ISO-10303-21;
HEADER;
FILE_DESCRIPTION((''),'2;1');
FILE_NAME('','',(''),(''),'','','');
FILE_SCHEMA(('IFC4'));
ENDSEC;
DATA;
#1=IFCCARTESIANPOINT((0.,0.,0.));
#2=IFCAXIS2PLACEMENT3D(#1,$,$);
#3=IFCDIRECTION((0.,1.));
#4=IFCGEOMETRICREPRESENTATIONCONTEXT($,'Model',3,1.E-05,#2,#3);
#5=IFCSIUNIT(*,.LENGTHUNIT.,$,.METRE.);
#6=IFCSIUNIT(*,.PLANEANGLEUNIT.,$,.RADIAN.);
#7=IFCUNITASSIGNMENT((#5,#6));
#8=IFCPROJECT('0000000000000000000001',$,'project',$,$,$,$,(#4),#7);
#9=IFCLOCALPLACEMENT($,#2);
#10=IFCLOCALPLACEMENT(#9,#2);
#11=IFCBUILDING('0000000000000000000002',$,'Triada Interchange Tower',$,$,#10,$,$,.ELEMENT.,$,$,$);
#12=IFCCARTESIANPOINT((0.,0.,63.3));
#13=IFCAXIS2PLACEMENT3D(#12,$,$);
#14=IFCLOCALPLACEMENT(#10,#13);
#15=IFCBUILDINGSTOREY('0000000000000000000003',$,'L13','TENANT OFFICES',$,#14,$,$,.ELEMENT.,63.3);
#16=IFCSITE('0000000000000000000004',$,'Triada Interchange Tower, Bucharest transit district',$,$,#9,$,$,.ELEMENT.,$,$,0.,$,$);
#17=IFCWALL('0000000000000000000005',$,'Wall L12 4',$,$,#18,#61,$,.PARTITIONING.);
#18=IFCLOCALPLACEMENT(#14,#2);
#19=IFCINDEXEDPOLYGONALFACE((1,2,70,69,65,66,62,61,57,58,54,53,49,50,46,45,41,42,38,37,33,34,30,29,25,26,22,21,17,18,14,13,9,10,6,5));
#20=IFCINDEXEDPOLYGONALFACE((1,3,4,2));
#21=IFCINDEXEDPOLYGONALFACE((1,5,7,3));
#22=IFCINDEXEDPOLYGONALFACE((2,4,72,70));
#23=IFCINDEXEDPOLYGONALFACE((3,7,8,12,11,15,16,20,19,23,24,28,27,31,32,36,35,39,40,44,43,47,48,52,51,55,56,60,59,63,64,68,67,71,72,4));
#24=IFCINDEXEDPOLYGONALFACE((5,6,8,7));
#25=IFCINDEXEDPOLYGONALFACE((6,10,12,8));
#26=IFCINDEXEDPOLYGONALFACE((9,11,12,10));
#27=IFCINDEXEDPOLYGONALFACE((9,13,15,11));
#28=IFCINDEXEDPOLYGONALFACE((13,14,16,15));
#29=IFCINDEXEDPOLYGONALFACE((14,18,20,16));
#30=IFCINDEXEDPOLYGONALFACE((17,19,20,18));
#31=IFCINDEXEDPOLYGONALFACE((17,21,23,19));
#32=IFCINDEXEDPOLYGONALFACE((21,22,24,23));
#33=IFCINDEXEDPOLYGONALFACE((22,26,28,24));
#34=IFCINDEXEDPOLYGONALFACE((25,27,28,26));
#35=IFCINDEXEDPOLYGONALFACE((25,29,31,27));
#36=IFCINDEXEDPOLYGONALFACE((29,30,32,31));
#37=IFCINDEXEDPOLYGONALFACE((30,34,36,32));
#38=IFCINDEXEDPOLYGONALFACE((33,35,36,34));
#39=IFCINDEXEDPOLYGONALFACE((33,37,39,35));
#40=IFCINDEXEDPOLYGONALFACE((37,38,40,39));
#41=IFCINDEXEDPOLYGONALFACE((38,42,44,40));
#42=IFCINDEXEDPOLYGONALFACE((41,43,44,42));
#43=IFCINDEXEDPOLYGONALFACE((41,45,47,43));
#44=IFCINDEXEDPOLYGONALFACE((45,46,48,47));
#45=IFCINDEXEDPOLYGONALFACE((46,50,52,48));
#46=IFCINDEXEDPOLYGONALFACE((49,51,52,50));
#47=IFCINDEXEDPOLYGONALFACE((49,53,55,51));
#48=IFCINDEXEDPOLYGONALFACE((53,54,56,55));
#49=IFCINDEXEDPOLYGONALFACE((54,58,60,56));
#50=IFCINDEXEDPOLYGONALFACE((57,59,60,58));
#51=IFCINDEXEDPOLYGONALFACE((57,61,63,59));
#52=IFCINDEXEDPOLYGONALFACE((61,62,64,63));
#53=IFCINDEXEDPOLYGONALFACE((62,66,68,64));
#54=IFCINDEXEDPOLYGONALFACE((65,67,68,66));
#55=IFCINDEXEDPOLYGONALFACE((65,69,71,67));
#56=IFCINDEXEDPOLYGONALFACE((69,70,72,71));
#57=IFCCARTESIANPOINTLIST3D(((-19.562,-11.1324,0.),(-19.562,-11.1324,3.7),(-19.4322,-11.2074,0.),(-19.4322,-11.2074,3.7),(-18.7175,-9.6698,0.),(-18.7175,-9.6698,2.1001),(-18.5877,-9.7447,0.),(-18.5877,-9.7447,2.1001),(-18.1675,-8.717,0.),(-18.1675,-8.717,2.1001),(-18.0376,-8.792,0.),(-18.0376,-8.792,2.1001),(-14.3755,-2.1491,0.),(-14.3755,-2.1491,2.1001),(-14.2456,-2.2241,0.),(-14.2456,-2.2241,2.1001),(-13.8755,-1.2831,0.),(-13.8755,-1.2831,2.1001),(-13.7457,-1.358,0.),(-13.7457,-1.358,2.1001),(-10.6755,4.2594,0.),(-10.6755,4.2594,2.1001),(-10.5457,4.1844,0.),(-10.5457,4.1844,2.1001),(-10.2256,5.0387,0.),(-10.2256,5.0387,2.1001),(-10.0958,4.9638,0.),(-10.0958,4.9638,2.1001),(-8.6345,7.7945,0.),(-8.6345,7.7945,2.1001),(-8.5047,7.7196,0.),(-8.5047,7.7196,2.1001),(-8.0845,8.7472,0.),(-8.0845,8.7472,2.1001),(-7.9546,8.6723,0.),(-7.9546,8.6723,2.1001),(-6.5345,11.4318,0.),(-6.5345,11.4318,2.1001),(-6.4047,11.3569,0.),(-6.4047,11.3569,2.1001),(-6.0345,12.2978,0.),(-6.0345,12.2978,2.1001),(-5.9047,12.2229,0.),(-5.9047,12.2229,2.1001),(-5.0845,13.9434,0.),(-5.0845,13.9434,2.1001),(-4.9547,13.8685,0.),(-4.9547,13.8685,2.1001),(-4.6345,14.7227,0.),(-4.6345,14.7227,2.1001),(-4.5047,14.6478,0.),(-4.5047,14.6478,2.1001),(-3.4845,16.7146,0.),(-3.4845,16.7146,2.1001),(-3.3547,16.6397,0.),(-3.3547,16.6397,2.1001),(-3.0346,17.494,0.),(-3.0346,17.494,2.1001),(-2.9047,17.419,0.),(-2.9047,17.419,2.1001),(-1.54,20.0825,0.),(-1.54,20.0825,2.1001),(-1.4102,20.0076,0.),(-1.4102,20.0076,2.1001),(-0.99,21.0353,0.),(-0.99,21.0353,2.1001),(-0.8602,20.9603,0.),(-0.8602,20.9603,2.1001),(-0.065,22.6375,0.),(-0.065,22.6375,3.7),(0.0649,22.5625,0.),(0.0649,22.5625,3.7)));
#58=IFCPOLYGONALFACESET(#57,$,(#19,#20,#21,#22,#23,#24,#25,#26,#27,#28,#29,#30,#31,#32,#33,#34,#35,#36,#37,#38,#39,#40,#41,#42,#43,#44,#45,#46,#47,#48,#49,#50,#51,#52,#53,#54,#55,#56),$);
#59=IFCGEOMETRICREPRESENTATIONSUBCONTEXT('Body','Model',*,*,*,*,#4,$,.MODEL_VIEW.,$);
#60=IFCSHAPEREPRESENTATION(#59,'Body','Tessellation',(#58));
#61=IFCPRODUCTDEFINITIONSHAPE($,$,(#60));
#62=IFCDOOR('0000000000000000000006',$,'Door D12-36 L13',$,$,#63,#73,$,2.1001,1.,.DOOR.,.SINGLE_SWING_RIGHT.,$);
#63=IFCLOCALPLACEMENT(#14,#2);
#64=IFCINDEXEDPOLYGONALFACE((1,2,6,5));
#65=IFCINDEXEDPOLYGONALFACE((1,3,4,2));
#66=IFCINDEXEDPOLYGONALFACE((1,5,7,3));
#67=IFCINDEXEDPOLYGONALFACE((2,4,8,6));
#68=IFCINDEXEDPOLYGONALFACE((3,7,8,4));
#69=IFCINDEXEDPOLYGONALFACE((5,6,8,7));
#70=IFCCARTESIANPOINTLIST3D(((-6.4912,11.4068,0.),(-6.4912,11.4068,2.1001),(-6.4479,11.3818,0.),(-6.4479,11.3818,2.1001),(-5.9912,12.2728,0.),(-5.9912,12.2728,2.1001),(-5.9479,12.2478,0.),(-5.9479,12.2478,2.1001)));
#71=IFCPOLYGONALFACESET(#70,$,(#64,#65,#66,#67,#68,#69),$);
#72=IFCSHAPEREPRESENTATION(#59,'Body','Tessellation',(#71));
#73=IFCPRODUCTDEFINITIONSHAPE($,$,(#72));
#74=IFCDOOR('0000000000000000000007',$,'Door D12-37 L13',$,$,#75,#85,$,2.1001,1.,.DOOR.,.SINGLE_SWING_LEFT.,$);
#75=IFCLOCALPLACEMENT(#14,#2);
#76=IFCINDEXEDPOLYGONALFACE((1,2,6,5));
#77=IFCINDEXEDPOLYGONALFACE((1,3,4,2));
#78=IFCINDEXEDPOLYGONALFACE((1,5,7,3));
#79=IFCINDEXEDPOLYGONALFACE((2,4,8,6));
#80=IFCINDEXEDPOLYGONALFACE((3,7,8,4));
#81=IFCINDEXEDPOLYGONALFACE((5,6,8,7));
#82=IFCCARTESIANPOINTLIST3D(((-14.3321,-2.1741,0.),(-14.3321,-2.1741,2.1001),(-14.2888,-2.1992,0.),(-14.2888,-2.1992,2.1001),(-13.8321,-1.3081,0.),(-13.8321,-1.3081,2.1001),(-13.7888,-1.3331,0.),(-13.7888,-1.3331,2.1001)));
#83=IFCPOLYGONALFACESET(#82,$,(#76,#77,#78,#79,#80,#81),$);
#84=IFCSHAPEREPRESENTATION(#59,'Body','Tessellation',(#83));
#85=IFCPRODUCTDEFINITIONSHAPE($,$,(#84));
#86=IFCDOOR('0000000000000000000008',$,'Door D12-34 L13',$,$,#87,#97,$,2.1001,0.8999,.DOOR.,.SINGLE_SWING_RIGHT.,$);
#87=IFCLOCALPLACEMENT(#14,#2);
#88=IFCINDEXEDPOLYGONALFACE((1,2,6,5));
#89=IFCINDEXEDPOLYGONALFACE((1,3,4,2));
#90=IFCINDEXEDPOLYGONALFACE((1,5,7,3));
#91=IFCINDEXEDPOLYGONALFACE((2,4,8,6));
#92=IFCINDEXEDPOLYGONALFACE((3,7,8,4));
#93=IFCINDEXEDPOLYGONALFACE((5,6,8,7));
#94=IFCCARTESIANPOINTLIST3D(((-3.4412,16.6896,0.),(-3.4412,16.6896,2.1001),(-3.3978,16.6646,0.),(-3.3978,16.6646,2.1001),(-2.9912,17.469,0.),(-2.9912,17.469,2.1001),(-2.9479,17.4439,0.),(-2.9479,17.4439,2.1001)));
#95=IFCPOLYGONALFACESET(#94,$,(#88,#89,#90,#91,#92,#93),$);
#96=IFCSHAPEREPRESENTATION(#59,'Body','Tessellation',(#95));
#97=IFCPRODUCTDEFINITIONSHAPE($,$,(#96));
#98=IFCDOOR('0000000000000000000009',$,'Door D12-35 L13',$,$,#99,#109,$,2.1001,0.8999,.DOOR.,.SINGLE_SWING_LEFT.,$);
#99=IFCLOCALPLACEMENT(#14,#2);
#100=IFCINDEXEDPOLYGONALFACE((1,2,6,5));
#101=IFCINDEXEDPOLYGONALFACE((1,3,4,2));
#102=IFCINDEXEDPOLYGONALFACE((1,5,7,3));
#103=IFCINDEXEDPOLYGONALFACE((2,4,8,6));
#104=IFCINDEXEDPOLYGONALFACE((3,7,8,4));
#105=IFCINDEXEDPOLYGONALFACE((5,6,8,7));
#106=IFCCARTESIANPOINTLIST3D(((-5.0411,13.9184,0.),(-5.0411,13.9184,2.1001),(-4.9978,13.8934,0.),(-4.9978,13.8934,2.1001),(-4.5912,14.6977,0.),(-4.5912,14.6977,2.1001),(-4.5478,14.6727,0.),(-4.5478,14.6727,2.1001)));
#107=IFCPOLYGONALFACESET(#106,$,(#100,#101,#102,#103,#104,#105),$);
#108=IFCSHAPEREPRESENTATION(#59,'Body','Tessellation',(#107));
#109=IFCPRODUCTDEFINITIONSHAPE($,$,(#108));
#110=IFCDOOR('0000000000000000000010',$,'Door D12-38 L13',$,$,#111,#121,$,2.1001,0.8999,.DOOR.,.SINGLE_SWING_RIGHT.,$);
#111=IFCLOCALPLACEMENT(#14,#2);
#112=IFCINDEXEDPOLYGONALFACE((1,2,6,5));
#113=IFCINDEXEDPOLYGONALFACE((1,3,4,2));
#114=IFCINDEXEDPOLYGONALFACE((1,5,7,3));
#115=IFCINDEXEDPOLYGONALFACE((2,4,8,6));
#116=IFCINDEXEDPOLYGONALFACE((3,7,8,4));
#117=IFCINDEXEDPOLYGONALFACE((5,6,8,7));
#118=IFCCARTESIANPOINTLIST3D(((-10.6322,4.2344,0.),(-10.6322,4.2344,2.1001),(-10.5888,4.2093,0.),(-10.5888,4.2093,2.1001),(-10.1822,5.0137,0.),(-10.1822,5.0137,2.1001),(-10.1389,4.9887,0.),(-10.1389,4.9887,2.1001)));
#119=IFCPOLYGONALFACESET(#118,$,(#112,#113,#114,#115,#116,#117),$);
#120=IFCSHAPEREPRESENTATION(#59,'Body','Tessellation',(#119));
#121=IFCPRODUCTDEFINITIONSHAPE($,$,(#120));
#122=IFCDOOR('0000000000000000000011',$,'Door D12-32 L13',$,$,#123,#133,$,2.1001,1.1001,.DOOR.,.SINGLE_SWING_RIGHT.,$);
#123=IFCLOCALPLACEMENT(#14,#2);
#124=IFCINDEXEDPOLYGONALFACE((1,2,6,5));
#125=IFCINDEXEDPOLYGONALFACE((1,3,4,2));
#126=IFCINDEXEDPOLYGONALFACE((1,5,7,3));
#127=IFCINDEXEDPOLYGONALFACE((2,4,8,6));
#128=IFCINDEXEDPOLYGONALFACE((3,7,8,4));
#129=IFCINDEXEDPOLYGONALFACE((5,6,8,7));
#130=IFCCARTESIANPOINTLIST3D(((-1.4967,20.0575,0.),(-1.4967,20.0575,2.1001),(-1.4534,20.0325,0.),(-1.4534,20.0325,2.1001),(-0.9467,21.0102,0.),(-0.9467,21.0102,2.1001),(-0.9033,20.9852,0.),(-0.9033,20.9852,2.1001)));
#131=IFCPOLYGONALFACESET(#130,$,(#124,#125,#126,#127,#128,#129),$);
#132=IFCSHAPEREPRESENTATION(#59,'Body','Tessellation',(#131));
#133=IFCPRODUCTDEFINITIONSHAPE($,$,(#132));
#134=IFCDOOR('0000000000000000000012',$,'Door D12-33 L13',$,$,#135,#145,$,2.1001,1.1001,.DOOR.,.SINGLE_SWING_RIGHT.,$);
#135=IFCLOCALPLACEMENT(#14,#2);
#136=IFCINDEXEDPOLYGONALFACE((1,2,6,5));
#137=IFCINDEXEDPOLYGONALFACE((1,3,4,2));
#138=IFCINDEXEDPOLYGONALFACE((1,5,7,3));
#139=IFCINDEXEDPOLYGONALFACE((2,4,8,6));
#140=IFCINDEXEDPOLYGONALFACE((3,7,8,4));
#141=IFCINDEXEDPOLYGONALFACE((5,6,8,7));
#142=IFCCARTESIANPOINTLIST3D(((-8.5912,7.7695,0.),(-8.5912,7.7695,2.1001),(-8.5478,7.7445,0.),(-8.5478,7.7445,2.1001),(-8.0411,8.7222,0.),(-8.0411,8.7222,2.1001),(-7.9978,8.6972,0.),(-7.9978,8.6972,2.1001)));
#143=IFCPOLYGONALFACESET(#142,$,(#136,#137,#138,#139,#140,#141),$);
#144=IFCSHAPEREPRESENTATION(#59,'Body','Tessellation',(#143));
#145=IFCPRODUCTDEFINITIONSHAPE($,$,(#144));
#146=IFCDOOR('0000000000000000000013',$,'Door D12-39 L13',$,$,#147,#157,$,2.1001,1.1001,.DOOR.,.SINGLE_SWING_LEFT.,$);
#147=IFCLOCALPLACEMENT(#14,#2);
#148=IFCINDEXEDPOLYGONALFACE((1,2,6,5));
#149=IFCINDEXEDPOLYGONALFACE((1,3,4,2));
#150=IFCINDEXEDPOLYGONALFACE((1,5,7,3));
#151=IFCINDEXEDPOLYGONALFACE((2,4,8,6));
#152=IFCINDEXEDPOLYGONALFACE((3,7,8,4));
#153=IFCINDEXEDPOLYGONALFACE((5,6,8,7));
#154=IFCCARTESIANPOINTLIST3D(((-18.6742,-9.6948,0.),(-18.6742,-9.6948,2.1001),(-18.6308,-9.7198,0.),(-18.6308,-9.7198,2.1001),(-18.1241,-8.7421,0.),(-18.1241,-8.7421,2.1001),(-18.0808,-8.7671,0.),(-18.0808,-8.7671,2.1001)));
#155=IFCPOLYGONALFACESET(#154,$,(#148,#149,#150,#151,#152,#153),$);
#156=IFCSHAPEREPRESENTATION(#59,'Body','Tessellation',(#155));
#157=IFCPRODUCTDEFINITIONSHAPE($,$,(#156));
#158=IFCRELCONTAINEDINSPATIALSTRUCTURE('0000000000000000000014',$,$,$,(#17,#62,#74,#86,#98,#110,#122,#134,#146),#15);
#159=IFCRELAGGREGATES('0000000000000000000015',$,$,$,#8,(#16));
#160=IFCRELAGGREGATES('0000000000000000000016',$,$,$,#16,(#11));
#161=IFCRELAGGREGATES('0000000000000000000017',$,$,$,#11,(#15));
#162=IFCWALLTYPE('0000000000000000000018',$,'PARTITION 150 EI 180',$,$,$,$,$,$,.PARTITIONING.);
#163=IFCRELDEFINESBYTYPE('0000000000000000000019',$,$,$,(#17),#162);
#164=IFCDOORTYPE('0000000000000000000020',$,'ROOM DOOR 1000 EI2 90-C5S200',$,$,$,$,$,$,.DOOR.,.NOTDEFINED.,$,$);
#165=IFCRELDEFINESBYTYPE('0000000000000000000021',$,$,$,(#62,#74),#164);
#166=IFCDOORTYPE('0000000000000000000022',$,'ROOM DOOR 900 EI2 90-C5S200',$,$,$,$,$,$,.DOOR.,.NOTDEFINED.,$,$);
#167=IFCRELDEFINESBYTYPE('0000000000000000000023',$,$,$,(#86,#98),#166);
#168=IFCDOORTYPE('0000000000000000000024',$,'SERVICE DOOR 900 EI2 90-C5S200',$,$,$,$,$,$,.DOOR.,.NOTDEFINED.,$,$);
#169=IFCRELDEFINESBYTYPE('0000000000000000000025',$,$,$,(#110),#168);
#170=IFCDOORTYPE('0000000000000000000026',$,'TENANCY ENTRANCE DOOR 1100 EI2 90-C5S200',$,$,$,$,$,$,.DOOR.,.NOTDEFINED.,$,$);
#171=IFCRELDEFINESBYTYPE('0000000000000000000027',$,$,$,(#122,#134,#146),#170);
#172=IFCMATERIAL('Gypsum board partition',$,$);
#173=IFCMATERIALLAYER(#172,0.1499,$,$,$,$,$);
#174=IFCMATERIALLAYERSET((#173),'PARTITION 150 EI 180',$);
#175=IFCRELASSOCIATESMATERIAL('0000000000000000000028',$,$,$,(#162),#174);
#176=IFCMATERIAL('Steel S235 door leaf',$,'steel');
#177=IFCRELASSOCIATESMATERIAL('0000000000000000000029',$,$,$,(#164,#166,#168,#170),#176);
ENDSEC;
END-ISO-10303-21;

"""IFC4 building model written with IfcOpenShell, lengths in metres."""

from ifc_helpers import new_model, si_unit, direction, frame, frame_2d, origin, place, context, subcontext, project, spatial, rectangle, extrude, material, layer, layer_set, type_object, element, fill, save


model = new_model("IFC4")

# Units and contexts
model_context = context("Model", 3, precision=1e-05, world=origin(), true_north=direction((0.0, 1.0)))
body_context = subcontext(model_context, "Body", "Model", "MODEL_VIEW")
ifc_project = project(units=[si_unit("LENGTHUNIT", "METRE"), si_unit("PLANEANGLEUNIT", "RADIAN")], contexts=[model_context])

# Site, building, storey
site_placement = place(None, origin())
site = spatial("IfcSite", under=ifc_project, at=site_placement, Name="Triada Interchange Tower, Bucharest transit district", CompositionType="ELEMENT", RefElevation=0.0)
building_placement = place(site_placement, origin())
building = spatial("IfcBuilding", under=site, at=building_placement, Name="Triada Interchange Tower", CompositionType="ELEMENT")
storey_placement = place(building_placement, frame((0.0, 0.0, 63.3)))
storey = spatial("IfcBuildingStorey", under=building, at=storey_placement, Name="L13", Description="TENANT OFFICES", CompositionType="ELEMENT", Elevation=63.3)

# Wall, openings, doors
ifc_material_1 = material(Name="Gypsum board partition")
ifc_layer_1 = layer(ifc_material_1, 0.1499)
ifc_layer_set_1 = layer_set([ifc_layer_1], Name="PARTITION 150 EI 180")
wall_type_1 = type_object("IfcWallType", Name="PARTITION 150 EI 180", PredefinedType="PARTITIONING", material=ifc_layer_set_1)
wall_1_placement = place(storey_placement, frame((-19.4971, -11.1699, 0.0), z_axis=(0.0, 0.0, 1.0), x_axis=(0.499999, 0.866026, 0.0)))
wall_1 = element("IfcWall", 1, at=wall_1_placement, inside=storey, type_object=wall_type_1, Name="Wall L12 4", PredefinedType="PARTITIONING", context=body_context, shape_type="SweptSolid", body=[
    extrude(rectangle(XDim=38.9941, YDim=0.1499, at=frame_2d((19.4971, 0.0))), origin(), (0.0, 0.0, 1.0), 3.7),
])
opening_1_placement = place(wall_1_placement, frame((36.0439, 0.0, 0.0)))
opening_1 = element("IfcOpeningElement", 2, at=opening_1_placement, cuts=wall_1, PredefinedType="OPENING", context=body_context, shape_type="SweptSolid", body=[
    extrude(rectangle(XDim=1.1001, YDim=2.1001, at=frame_2d((0.55, 1.05))), frame((0.0, 0.085, 0.0), z_axis=(0.0, -1.0, 0.0), x_axis=(1.0, 0.0, 0.0)), (0.0, 0.0, 1.0), 0.1699),
])
opening_2_placement = place(wall_1_placement, frame((21.855, 0.0, 0.0)))
opening_2 = element("IfcOpeningElement", 3, at=opening_2_placement, cuts=wall_1, PredefinedType="OPENING", context=body_context, shape_type="SweptSolid", body=[
    extrude(rectangle(XDim=1.1001, YDim=2.1001, at=frame_2d((0.55, 1.05))), frame((0.0, 0.085, 0.0), z_axis=(0.0, -1.0, 0.0), x_axis=(1.0, 0.0, 0.0)), (0.0, 0.0, 1.0), 0.1699),
])
opening_3_placement = place(wall_1_placement, frame((32.155, 0.0, 0.0)))
opening_3 = element("IfcOpeningElement", 4, at=opening_3_placement, cuts=wall_1, PredefinedType="OPENING", context=body_context, shape_type="SweptSolid", body=[
    extrude(rectangle(XDim=0.8999, YDim=2.1001, at=frame_2d((0.45, 1.05))), frame((0.0, 0.085, 0.0), z_axis=(0.0, -1.0, 0.0), x_axis=(1.0, 0.0, 0.0)), (0.0, 0.0, 1.0), 0.1699),
])
opening_4_placement = place(wall_1_placement, frame((28.9551, 0.0, 0.0)))
opening_4 = element("IfcOpeningElement", 5, at=opening_4_placement, cuts=wall_1, PredefinedType="OPENING", context=body_context, shape_type="SweptSolid", body=[
    extrude(rectangle(XDim=0.8999, YDim=2.1001, at=frame_2d((0.45, 1.05))), frame((0.0, 0.085, 0.0), z_axis=(0.0, -1.0, 0.0), x_axis=(1.0, 0.0, 0.0)), (0.0, 0.0, 1.0), 0.1699),
])
opening_5_placement = place(wall_1_placement, frame((26.0549, 0.0, 0.0)))
opening_5 = element("IfcOpeningElement", 6, at=opening_5_placement, cuts=wall_1, PredefinedType="OPENING", context=body_context, shape_type="SweptSolid", body=[
    extrude(rectangle(XDim=1.0, YDim=2.1001, at=frame_2d((0.5, 1.05))), frame((0.0, 0.085, 0.0), z_axis=(0.0, -1.0, 0.0), x_axis=(1.0, 0.0, 0.0)), (0.0, 0.0, 1.0), 0.1699),
])
opening_6_placement = place(wall_1_placement, frame((10.373, 0.0, 0.0)))
opening_6 = element("IfcOpeningElement", 7, at=opening_6_placement, cuts=wall_1, PredefinedType="OPENING", context=body_context, shape_type="SweptSolid", body=[
    extrude(rectangle(XDim=1.0, YDim=2.1001, at=frame_2d((0.5, 1.05))), frame((0.0, 0.085, 0.0), z_axis=(0.0, -1.0, 0.0), x_axis=(1.0, 0.0, 0.0)), (0.0, 0.0, 1.0), 0.1699),
])
opening_7_placement = place(wall_1_placement, frame((17.7729, 0.0, 0.0)))
opening_7 = element("IfcOpeningElement", 8, at=opening_7_placement, cuts=wall_1, PredefinedType="OPENING", context=body_context, shape_type="SweptSolid", body=[
    extrude(rectangle(XDim=0.8999, YDim=2.1001, at=frame_2d((0.45, 1.05))), frame((0.0, 0.085, 0.0), z_axis=(0.0, -1.0, 0.0), x_axis=(1.0, 0.0, 0.0)), (0.0, 0.0, 1.0), 0.1699),
])
opening_8_placement = place(wall_1_placement, frame((1.689, 0.0, 0.0)))
opening_8 = element("IfcOpeningElement", 9, at=opening_8_placement, cuts=wall_1, PredefinedType="OPENING", context=body_context, shape_type="SweptSolid", body=[
    extrude(rectangle(XDim=1.1001, YDim=2.1001, at=frame_2d((0.55, 1.05))), frame((0.0, 0.085, 0.0), z_axis=(0.0, -1.0, 0.0), x_axis=(1.0, 0.0, 0.0)), (0.0, 0.0, 1.0), 0.1699),
])
ifc_material_2 = material(Name="Steel S235 door leaf", Category="steel")
door_type_1 = type_object("IfcDoorType", Name="ROOM DOOR 1000 EI2 90-C5S200", OperationType="NOTDEFINED", PredefinedType="DOOR", material=ifc_material_2)
door_1_placement = place(opening_5_placement, origin())
door_1 = element("IfcDoor", 10, at=door_1_placement, inside=storey, type_object=door_type_1, Name="Door D12-36 L13", OperationType="SINGLE_SWING_RIGHT", OverallHeight=2.1001, OverallWidth=1.0, PredefinedType="DOOR", context=body_context, shape_type="SweptSolid", body=[
    extrude(rectangle(XDim=1.0, YDim=2.1001, at=frame_2d((0.5, 1.05))), frame((0.0, 0.0249, 0.0), z_axis=(0.0, -1.0, 0.0), x_axis=(1.0, 0.0, 0.0)), (0.0, 0.0, 1.0), 0.05),
])
fill(opening_5, door_1)
door_2_placement = place(opening_6_placement, origin())
door_2 = element("IfcDoor", 11, at=door_2_placement, inside=storey, type_object=door_type_1, Name="Door D12-37 L13", OperationType="SINGLE_SWING_LEFT", OverallHeight=2.1001, OverallWidth=1.0, PredefinedType="DOOR", context=body_context, shape_type="SweptSolid", body=[
    extrude(rectangle(XDim=1.0, YDim=2.1001, at=frame_2d((0.5, 1.05))), frame((0.0, 0.0249, 0.0), z_axis=(0.0, -1.0, 0.0), x_axis=(1.0, 0.0, 0.0)), (0.0, 0.0, 1.0), 0.05),
])
fill(opening_6, door_2)
door_type_2 = type_object("IfcDoorType", Name="ROOM DOOR 900 EI2 90-C5S200", OperationType="NOTDEFINED", PredefinedType="DOOR", material=ifc_material_2)
door_3_placement = place(opening_3_placement, origin())
door_3 = element("IfcDoor", 12, at=door_3_placement, inside=storey, type_object=door_type_2, Name="Door D12-34 L13", OperationType="SINGLE_SWING_RIGHT", OverallHeight=2.1001, OverallWidth=0.8999, PredefinedType="DOOR", context=body_context, shape_type="SweptSolid", body=[
    extrude(rectangle(XDim=0.8999, YDim=2.1001, at=frame_2d((0.45, 1.05))), frame((0.0, 0.0249, 0.0), z_axis=(0.0, -1.0, 0.0), x_axis=(1.0, 0.0, 0.0)), (0.0, 0.0, 1.0), 0.05),
])
fill(opening_3, door_3)
door_4_placement = place(opening_4_placement, origin())
door_4 = element("IfcDoor", 13, at=door_4_placement, inside=storey, type_object=door_type_2, Name="Door D12-35 L13", OperationType="SINGLE_SWING_LEFT", OverallHeight=2.1001, OverallWidth=0.8999, PredefinedType="DOOR", context=body_context, shape_type="SweptSolid", body=[
    extrude(rectangle(XDim=0.8999, YDim=2.1001, at=frame_2d((0.45, 1.05))), frame((0.0, 0.0249, 0.0), z_axis=(0.0, -1.0, 0.0), x_axis=(1.0, 0.0, 0.0)), (0.0, 0.0, 1.0), 0.05),
])
fill(opening_4, door_4)
door_type_3 = type_object("IfcDoorType", Name="SERVICE DOOR 900 EI2 90-C5S200", OperationType="NOTDEFINED", PredefinedType="DOOR", material=ifc_material_2)
door_5_placement = place(opening_7_placement, origin())
door_5 = element("IfcDoor", 14, at=door_5_placement, inside=storey, type_object=door_type_3, Name="Door D12-38 L13", OperationType="SINGLE_SWING_RIGHT", OverallHeight=2.1001, OverallWidth=0.8999, PredefinedType="DOOR", context=body_context, shape_type="SweptSolid", body=[
    extrude(rectangle(XDim=0.8999, YDim=2.1001, at=frame_2d((0.45, 1.05))), frame((0.0, 0.0249, 0.0), z_axis=(0.0, -1.0, 0.0), x_axis=(1.0, 0.0, 0.0)), (0.0, 0.0, 1.0), 0.05),
])
fill(opening_7, door_5)
door_type_4 = type_object("IfcDoorType", Name="TENANCY ENTRANCE DOOR 1100 EI2 90-C5S200", OperationType="NOTDEFINED", PredefinedType="DOOR", material=ifc_material_2)
door_6_placement = place(opening_1_placement, origin())
door_6 = element("IfcDoor", 15, at=door_6_placement, inside=storey, type_object=door_type_4, Name="Door D12-32 L13", OperationType="SINGLE_SWING_RIGHT", OverallHeight=2.1001, OverallWidth=1.1001, PredefinedType="DOOR", context=body_context, shape_type="SweptSolid", body=[
    extrude(rectangle(XDim=1.1001, YDim=2.1001, at=frame_2d((0.55, 1.05))), frame((0.0, 0.0249, 0.0), z_axis=(0.0, -1.0, 0.0), x_axis=(1.0, 0.0, 0.0)), (0.0, 0.0, 1.0), 0.05),
])
fill(opening_1, door_6)
door_7_placement = place(opening_2_placement, origin())
door_7 = element("IfcDoor", 16, at=door_7_placement, inside=storey, type_object=door_type_4, Name="Door D12-33 L13", OperationType="SINGLE_SWING_RIGHT", OverallHeight=2.1001, OverallWidth=1.1001, PredefinedType="DOOR", context=body_context, shape_type="SweptSolid", body=[
    extrude(rectangle(XDim=1.1001, YDim=2.1001, at=frame_2d((0.55, 1.05))), frame((0.0, 0.0249, 0.0), z_axis=(0.0, -1.0, 0.0), x_axis=(1.0, 0.0, 0.0)), (0.0, 0.0, 1.0), 0.05),
])
fill(opening_2, door_7)
door_8_placement = place(opening_8_placement, origin())
door_8 = element("IfcDoor", 17, at=door_8_placement, inside=storey, type_object=door_type_4, Name="Door D12-39 L13", OperationType="SINGLE_SWING_LEFT", OverallHeight=2.1001, OverallWidth=1.1001, PredefinedType="DOOR", context=body_context, shape_type="SweptSolid", body=[
    extrude(rectangle(XDim=1.1001, YDim=2.1001, at=frame_2d((0.55, 1.05))), frame((0.0, 0.0249, 0.0), z_axis=(0.0, -1.0, 0.0), x_axis=(1.0, 0.0, 0.0)), (0.0, 0.0, 1.0), 0.05),
])
fill(opening_8, door_8)

save(model, "model.ifc")
